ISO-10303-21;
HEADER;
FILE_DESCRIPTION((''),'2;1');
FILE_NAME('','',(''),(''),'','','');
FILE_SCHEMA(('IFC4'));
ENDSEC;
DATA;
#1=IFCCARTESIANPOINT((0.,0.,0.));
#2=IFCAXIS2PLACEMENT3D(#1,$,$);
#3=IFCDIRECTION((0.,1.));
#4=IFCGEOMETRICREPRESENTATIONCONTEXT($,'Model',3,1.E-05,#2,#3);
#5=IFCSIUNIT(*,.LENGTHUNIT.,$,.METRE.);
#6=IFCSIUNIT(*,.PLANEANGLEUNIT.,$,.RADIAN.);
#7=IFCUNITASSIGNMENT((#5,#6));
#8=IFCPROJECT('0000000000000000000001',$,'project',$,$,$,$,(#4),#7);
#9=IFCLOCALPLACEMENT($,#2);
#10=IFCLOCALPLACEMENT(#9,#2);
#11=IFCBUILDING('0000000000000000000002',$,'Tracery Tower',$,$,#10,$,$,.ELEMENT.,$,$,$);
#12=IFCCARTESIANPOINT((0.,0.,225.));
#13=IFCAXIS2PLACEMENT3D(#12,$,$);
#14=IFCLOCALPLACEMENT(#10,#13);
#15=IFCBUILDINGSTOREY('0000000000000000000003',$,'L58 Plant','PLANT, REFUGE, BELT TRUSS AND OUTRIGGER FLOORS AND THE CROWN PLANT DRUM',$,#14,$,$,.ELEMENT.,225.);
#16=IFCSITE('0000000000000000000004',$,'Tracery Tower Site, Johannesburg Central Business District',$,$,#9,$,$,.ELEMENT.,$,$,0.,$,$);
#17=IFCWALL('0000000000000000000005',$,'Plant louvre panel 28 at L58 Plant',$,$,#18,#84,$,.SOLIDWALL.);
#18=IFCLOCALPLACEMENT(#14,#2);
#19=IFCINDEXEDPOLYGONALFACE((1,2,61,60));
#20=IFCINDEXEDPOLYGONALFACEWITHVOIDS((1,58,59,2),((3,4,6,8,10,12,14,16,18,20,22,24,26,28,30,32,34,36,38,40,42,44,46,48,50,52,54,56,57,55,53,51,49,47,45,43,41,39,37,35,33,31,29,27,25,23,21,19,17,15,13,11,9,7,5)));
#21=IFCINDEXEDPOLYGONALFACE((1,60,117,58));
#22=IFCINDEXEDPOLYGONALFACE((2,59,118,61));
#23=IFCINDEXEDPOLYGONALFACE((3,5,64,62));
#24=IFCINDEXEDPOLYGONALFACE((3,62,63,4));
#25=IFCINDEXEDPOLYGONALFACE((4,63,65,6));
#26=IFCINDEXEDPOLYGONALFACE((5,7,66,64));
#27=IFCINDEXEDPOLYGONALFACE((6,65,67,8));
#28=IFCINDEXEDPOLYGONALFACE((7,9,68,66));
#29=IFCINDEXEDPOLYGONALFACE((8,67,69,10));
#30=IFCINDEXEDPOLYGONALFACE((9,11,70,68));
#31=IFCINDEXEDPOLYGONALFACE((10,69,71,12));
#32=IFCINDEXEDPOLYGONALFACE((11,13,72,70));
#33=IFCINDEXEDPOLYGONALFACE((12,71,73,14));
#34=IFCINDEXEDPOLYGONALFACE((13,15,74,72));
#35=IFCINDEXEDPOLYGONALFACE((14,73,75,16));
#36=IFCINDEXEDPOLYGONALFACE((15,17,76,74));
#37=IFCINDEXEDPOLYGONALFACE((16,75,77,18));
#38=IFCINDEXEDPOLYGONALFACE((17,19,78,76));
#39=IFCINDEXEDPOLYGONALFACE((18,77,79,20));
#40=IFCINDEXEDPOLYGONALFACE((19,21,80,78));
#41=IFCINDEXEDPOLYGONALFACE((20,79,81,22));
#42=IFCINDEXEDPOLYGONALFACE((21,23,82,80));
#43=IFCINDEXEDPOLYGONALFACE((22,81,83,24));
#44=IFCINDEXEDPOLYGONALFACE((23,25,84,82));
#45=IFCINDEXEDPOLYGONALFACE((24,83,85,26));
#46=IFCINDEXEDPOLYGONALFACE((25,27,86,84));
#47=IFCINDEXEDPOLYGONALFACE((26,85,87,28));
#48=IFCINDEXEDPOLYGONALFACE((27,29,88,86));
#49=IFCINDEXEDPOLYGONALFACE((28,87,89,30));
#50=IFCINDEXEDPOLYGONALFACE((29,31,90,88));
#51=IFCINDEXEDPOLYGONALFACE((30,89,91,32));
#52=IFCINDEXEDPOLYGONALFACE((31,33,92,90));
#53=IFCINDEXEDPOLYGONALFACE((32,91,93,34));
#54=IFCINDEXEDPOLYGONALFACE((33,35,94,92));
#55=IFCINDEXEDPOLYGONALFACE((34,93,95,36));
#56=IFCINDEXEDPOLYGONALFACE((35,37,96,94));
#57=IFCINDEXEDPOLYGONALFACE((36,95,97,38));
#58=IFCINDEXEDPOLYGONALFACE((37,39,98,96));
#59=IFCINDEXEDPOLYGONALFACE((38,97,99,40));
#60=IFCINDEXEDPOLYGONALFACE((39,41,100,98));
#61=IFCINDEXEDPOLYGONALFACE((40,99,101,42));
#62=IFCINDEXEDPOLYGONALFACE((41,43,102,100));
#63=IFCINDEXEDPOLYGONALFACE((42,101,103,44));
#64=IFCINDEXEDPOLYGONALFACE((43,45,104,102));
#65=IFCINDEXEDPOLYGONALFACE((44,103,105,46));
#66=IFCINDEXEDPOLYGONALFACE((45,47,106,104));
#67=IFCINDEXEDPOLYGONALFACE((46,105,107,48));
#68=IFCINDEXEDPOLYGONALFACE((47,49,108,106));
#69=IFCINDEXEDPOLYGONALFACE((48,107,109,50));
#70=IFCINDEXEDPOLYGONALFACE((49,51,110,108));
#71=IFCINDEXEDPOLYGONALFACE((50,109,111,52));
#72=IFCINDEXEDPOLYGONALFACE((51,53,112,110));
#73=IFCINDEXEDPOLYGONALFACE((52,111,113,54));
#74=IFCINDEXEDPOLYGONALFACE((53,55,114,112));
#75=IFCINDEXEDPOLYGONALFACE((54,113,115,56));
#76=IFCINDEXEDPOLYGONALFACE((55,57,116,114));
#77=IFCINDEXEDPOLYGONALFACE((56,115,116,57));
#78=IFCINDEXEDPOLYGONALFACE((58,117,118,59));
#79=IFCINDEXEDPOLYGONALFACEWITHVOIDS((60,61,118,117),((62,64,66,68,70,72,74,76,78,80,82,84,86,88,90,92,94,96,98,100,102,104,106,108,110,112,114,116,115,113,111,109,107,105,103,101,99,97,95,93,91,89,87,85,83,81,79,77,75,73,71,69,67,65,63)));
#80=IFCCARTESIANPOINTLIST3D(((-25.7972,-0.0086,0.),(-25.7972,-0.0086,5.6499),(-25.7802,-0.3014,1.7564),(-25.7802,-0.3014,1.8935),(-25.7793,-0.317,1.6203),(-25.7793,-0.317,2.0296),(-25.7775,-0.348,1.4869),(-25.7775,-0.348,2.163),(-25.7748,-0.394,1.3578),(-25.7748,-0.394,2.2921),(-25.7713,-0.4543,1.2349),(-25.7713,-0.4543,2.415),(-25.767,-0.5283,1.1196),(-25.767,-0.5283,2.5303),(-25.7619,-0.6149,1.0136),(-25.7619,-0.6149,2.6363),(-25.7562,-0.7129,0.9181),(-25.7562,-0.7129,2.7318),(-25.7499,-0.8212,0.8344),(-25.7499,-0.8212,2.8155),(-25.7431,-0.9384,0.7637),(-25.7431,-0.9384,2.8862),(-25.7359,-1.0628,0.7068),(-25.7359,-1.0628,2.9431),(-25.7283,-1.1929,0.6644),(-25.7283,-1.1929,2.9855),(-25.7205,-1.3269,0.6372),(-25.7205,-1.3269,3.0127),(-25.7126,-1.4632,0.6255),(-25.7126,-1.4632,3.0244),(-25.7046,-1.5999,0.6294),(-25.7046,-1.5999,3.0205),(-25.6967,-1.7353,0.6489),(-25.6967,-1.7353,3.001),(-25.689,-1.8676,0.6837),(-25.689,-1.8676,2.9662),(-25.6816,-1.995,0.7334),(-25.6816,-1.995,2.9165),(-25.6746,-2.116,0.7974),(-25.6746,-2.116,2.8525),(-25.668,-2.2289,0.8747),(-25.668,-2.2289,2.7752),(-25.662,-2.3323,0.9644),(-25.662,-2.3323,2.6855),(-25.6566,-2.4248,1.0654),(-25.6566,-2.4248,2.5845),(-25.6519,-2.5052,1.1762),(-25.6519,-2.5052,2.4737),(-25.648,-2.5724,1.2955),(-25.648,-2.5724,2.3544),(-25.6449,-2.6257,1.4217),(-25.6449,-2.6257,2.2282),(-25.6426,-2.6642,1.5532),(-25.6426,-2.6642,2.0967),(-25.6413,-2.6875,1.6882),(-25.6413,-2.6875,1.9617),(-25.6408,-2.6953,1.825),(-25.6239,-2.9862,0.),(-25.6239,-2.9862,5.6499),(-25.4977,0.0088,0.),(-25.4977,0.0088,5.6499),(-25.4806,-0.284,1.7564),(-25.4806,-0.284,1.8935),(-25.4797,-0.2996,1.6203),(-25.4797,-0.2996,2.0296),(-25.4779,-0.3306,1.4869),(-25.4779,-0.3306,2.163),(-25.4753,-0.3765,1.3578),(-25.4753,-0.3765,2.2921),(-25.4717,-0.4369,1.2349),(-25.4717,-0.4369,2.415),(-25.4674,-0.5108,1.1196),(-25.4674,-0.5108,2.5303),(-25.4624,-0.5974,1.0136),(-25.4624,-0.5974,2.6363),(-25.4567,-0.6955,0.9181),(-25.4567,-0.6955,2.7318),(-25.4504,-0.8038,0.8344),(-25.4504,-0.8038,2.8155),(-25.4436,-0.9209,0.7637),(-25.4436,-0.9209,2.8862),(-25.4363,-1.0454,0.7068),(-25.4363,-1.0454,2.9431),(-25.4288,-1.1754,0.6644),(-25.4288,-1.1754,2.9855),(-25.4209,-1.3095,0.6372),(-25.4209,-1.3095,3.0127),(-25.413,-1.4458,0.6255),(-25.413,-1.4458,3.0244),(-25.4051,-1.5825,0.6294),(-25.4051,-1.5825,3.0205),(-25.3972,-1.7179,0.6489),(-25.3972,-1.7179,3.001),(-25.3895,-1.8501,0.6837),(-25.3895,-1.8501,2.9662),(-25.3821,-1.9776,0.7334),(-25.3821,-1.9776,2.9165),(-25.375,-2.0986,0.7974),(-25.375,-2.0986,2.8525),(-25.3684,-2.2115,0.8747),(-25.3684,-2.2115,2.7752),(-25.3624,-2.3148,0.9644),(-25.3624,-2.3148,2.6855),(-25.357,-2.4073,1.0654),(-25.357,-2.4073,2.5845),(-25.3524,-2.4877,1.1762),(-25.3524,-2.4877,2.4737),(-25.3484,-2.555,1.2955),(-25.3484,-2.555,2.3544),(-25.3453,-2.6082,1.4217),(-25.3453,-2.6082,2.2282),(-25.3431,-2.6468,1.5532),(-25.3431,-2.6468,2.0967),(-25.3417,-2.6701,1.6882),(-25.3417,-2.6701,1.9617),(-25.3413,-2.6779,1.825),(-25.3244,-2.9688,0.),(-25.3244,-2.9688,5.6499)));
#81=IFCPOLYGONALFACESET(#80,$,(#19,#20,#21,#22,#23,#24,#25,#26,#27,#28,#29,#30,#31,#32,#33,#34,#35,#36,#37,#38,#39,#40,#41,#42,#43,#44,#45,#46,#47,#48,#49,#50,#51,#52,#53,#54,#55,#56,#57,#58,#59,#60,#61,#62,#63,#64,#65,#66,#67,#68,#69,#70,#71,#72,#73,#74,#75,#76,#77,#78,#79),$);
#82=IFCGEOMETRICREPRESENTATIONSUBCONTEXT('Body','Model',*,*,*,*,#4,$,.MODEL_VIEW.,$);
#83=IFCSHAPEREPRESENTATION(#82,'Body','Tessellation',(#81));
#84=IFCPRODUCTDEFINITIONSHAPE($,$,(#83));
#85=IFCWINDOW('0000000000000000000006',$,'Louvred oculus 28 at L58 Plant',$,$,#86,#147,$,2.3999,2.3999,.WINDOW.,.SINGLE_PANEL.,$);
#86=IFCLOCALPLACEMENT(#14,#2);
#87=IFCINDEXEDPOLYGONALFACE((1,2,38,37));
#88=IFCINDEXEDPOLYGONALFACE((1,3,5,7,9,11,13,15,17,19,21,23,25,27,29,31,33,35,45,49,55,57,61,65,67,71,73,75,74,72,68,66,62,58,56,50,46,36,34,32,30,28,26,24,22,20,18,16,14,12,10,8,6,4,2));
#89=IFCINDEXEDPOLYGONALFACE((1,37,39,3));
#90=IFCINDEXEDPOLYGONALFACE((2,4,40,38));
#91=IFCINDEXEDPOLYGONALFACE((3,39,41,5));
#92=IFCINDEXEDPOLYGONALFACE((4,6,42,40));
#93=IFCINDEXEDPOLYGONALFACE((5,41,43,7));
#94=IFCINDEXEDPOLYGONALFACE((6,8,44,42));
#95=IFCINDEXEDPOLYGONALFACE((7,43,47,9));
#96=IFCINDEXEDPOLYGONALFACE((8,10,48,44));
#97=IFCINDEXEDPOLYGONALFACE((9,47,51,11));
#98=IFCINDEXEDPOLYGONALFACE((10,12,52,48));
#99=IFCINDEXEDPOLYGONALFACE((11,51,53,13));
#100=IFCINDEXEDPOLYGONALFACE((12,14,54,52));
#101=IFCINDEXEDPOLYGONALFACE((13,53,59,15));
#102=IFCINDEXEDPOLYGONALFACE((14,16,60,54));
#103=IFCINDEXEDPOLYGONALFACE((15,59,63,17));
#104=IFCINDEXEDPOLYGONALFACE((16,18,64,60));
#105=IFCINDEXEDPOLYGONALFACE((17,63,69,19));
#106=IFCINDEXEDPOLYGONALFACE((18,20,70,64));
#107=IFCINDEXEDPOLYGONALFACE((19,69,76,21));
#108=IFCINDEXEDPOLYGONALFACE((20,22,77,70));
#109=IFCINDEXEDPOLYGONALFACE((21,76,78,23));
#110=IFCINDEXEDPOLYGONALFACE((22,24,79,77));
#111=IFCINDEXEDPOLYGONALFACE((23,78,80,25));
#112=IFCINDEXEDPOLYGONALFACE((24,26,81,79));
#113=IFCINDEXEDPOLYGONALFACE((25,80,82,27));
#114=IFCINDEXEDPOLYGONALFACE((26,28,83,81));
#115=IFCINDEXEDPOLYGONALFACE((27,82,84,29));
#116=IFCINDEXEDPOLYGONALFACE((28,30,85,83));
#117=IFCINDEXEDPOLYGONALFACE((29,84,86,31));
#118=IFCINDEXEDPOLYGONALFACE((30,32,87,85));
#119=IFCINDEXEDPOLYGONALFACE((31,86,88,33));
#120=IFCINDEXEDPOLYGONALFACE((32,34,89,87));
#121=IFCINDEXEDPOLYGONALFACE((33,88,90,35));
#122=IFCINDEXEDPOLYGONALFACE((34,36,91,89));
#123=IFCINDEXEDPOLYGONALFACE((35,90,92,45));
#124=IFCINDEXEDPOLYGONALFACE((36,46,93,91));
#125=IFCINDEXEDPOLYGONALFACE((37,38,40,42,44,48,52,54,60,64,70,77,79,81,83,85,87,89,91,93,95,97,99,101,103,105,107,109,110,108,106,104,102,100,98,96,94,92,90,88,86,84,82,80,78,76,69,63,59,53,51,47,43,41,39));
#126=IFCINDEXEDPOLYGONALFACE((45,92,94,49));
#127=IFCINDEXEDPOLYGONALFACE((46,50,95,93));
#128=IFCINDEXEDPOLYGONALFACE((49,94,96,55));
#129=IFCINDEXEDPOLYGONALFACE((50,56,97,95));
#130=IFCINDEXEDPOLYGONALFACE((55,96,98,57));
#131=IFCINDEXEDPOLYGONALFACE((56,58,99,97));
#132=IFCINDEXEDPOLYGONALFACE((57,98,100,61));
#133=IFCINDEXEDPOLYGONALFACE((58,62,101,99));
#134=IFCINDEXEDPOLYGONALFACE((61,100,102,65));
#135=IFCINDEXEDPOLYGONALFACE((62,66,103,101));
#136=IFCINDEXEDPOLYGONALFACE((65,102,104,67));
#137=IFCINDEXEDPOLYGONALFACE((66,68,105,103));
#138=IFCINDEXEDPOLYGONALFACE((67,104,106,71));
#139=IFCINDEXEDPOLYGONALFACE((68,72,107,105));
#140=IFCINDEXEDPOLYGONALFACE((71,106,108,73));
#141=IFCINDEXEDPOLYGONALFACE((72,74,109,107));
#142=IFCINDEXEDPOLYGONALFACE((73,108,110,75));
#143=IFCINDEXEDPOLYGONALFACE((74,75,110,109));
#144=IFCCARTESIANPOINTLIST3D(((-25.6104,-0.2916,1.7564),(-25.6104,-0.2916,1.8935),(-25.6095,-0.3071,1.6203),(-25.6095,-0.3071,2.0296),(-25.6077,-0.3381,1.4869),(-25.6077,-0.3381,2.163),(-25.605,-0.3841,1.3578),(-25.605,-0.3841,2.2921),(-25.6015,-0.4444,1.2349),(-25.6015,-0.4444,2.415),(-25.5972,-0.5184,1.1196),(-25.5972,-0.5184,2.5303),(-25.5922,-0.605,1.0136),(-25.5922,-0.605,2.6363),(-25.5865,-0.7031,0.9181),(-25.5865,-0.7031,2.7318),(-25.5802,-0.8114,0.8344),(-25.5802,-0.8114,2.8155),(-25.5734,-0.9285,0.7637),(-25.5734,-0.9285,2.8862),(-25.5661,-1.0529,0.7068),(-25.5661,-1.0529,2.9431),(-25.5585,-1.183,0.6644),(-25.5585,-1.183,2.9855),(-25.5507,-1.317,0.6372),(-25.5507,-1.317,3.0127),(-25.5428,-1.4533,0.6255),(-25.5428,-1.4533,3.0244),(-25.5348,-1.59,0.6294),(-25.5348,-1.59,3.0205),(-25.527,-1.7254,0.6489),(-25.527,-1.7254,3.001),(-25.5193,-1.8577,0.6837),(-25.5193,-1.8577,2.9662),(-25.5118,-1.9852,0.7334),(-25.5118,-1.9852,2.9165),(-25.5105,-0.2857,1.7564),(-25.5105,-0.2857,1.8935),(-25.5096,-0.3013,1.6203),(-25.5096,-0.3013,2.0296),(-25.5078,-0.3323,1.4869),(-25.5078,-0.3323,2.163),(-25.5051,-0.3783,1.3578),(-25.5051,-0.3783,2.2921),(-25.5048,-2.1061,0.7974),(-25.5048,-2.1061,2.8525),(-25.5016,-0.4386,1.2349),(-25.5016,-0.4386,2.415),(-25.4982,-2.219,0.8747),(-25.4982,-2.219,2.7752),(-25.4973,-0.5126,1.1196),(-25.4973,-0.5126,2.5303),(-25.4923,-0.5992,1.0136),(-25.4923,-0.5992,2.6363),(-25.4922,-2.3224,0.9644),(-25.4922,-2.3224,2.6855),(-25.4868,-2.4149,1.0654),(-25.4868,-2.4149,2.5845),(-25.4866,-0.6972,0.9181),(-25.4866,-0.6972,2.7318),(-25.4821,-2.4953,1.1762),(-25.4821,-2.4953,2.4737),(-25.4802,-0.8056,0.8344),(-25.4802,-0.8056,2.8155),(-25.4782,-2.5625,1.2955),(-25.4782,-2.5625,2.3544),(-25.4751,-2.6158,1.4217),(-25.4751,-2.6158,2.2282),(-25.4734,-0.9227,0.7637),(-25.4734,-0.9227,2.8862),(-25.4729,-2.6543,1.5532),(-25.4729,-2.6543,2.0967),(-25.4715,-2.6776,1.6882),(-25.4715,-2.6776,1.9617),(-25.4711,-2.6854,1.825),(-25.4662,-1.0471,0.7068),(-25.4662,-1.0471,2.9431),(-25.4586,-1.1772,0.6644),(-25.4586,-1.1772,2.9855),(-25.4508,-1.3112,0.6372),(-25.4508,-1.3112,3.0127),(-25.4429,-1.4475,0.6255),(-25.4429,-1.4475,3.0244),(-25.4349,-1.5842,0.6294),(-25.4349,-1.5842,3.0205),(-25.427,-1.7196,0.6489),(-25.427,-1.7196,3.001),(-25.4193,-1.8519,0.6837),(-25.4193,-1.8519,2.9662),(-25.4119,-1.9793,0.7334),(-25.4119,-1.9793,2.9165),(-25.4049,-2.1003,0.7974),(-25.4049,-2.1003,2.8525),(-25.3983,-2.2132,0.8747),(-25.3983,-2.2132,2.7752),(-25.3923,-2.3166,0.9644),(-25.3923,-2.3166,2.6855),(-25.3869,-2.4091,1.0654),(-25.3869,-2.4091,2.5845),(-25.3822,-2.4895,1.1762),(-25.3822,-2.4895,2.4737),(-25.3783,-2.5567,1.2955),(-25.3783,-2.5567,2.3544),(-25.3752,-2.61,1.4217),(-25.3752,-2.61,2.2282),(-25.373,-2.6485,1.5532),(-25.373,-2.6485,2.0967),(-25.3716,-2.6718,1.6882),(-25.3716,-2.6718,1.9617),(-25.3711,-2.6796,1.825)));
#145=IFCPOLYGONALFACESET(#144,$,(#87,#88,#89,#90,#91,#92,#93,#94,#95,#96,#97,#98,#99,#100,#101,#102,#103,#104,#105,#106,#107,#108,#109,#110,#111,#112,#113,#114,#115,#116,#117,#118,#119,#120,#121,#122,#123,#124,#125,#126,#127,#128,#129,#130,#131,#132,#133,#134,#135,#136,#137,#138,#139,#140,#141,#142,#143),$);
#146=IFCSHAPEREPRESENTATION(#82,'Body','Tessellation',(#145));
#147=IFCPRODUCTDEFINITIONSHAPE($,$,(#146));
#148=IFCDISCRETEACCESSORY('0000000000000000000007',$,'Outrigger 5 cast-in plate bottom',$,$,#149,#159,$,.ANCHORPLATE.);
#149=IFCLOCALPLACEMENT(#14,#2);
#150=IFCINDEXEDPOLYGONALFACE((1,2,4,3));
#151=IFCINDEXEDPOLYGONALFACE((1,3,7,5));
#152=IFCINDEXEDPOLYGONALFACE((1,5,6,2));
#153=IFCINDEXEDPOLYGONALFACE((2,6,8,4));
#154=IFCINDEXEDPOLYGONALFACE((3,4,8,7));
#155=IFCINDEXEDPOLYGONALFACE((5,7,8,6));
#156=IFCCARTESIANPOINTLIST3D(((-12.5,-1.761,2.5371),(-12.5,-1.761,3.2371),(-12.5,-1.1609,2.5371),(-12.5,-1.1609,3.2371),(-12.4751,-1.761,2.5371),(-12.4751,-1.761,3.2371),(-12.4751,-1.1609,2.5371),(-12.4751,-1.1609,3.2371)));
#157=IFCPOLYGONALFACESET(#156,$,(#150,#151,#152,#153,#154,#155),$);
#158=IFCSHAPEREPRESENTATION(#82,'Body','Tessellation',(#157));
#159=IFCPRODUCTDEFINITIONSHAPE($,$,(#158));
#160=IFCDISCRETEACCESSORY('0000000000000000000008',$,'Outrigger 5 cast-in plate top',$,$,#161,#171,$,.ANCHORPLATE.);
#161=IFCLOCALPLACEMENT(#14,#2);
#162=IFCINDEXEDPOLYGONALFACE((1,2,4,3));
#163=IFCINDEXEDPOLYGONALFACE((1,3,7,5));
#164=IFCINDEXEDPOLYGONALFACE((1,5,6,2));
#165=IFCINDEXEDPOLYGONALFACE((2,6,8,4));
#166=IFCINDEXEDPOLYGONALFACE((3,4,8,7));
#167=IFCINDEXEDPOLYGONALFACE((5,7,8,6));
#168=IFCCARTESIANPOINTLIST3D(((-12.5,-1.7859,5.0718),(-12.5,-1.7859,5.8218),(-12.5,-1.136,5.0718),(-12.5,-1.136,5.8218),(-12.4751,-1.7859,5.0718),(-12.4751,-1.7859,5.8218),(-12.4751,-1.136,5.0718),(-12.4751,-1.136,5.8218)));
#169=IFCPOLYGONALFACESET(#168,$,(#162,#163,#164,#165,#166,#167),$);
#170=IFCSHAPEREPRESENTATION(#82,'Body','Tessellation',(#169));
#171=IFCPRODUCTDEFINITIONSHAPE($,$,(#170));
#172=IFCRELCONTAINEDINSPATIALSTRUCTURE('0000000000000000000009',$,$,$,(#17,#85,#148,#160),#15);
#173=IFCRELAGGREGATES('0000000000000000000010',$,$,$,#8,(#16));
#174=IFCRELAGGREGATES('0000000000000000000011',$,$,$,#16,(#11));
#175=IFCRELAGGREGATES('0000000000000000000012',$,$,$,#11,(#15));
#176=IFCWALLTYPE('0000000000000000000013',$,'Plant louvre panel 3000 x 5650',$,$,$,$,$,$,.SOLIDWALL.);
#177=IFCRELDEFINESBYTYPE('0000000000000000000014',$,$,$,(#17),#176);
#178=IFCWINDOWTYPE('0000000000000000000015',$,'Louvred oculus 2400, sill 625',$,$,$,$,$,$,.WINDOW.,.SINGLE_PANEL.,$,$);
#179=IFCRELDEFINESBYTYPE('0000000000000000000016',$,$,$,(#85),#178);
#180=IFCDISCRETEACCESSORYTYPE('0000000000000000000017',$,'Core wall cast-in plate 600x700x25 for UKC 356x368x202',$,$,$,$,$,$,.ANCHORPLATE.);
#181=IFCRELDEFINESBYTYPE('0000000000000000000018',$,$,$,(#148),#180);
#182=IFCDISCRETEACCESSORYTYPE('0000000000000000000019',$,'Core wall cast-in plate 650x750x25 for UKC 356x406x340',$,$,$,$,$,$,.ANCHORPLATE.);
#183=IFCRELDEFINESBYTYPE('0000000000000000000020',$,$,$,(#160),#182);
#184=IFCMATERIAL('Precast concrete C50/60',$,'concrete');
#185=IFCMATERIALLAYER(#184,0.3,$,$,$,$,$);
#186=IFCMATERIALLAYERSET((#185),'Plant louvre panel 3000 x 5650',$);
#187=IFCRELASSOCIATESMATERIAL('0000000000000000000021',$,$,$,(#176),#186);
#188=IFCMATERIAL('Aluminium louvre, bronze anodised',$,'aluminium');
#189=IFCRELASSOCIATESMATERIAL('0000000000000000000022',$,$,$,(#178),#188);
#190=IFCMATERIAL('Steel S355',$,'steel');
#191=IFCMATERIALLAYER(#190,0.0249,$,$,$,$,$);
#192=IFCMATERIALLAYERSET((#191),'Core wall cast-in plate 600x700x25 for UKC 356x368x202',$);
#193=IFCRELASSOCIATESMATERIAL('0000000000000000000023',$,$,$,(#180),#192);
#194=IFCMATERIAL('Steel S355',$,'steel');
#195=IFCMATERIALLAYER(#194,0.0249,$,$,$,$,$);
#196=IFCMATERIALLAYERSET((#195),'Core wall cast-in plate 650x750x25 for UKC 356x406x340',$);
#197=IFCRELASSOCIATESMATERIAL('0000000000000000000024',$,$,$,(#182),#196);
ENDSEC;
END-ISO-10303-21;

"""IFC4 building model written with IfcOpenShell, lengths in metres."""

from ifc_helpers import new_model, si_unit, direction, frame, frame_2d, origin, origin_2d, place, context, subcontext, project, spatial, rectangle, circle, extrude, material, layer, layer_set, type_object, element, fill, save


model = new_model("IFC4")

# Units and contexts
model_context = context("Model", 3, precision=1e-05, world=origin(), true_north=direction((0.0, 1.0)))
body_context = subcontext(model_context, "Body", "Model", "MODEL_VIEW")
ifc_project = project(units=[si_unit("LENGTHUNIT", "METRE"), si_unit("PLANEANGLEUNIT", "RADIAN")], contexts=[model_context])

# Site, building, storey
site_placement = place(None, origin())
site = spatial("IfcSite", under=ifc_project, at=site_placement, Name="Tracery Tower Site, Johannesburg Central Business District", CompositionType="ELEMENT", RefElevation=0.0)
building_placement = place(site_placement, origin())
building = spatial("IfcBuilding", under=site, at=building_placement, Name="Tracery Tower", CompositionType="ELEMENT")
storey_placement = place(building_placement, frame((0.0, 0.0, 225.0)))
storey = spatial("IfcBuildingStorey", under=building, at=storey_placement, Name="L58 Plant", Description="PLANT, REFUGE, BELT TRUSS AND OUTRIGGER FLOORS AND THE CROWN PLANT DRUM", CompositionType="ELEMENT", Elevation=225.0)

# Wall, opening, window
ifc_material_1 = material(Name="Precast concrete C50/60", Category="concrete")
ifc_layer_1 = layer(ifc_material_1, 0.3)
ifc_layer_set_1 = layer_set([ifc_layer_1], Name="Plant louvre panel 3000 x 5650")
wall_type = type_object("IfcWallType", Name="Plant louvre panel 3000 x 5650", PredefinedType="SOLIDWALL", material=ifc_layer_set_1)
wall_placement = place(storey_placement, frame((-25.6475, 0.0, 0.0), z_axis=(0.0, 0.0, 1.0), x_axis=(0.058117, -0.99831, 0.0)))
wall = element("IfcWall", 1, at=wall_placement, inside=storey, type_object=wall_type, Name="Plant louvre panel 28 at L58 Plant", PredefinedType="SOLIDWALL", context=body_context, shape_type="SweptSolid", body=[
    extrude(rectangle(XDim=2.9827, YDim=0.3, at=frame_2d((1.4912, 0.0))), origin(), (0.0, 0.0, 1.0), 5.6499),
])
opening_placement = place(wall_placement, frame((1.4912, 0.0, 1.825)))
opening = element("IfcOpeningElement", 2, at=opening_placement, cuts=wall, PredefinedType="OPENING", context=body_context, shape_type="SweptSolid", body=[
    extrude(circle(Radius=1.2, at=origin_2d()), frame((0.0, 0.1599, 0.0), z_axis=(0.0, -1.0, 0.0), x_axis=(1.0, 0.0, 0.0)), (0.0, 0.0, 1.0), 0.3201),
])
ifc_material_2 = material(Name="Aluminium louvre, bronze anodised", Category="aluminium")
window_type = type_object("IfcWindowType", Name="Louvred oculus 2400, sill 625", PartitioningType="SINGLE_PANEL", PredefinedType="WINDOW", material=ifc_material_2)
window_placement = place(opening_placement, origin())
window = element("IfcWindow", 3, at=window_placement, inside=storey, type_object=window_type, Name="Louvred oculus 28 at L58 Plant", OverallHeight=2.3999, OverallWidth=2.3999, PartitioningType="SINGLE_PANEL", PredefinedType="WINDOW", context=body_context, shape_type="SweptSolid", body=[
    extrude(circle(Radius=1.2, at=origin_2d()), frame((0.0, 0.1201, 0.0), z_axis=(0.0, -1.0, 0.0), x_axis=(1.0, 0.0, 0.0)), (0.0, 0.0, 1.0), 0.1001),
])
fill(opening, window)

# Discrete accessories
ifc_material_3 = material(Name="Steel S355", Category="steel")
ifc_layer_2 = layer(ifc_material_3, 0.0249)
ifc_layer_set_2 = layer_set([ifc_layer_2], Name="Core wall cast-in plate 600x700x25 for UKC 356x368x202")
discrete_accessory_type_1 = type_object("IfcDiscreteAccessoryType", Name="Core wall cast-in plate 600x700x25 for UKC 356x368x202", PredefinedType="ANCHORPLATE", material=ifc_layer_set_2)
discrete_accessory_1_placement = place(storey_placement, frame((-12.4875, -1.4609, 2.5371), z_axis=(0.0, 0.0, 1.0), x_axis=(1.0, 0.0, 0.0)))
element("IfcDiscreteAccessory", 4, at=discrete_accessory_1_placement, inside=storey, type_object=discrete_accessory_type_1, Name="Outrigger 5 cast-in plate bottom", PredefinedType="ANCHORPLATE", context=body_context, shape_type="SweptSolid", body=[
    extrude(rectangle(XDim=0.0249, YDim=0.6001, at=origin_2d()), origin(), (0.0, 0.0, 1.0), 0.7),
])
ifc_material_4 = material(Name="Steel S355", Category="steel")
ifc_layer_3 = layer(ifc_material_4, 0.0249)
ifc_layer_set_3 = layer_set([ifc_layer_3], Name="Core wall cast-in plate 650x750x25 for UKC 356x406x340")
discrete_accessory_type_2 = type_object("IfcDiscreteAccessoryType", Name="Core wall cast-in plate 650x750x25 for UKC 356x406x340", PredefinedType="ANCHORPLATE", material=ifc_layer_set_3)
discrete_accessory_2_placement = place(storey_placement, frame((-12.4875, -1.4609, 5.0718), z_axis=(0.0, 0.0, 1.0), x_axis=(1.0, 0.0, 0.0)))
element("IfcDiscreteAccessory", 5, at=discrete_accessory_2_placement, inside=storey, type_object=discrete_accessory_type_2, Name="Outrigger 5 cast-in plate top", PredefinedType="ANCHORPLATE", context=body_context, shape_type="SweptSolid", body=[
    extrude(rectangle(XDim=0.0249, YDim=0.6499, at=origin_2d()), origin(), (0.0, 0.0, 1.0), 0.75),
])

save(model, "model.ifc")
